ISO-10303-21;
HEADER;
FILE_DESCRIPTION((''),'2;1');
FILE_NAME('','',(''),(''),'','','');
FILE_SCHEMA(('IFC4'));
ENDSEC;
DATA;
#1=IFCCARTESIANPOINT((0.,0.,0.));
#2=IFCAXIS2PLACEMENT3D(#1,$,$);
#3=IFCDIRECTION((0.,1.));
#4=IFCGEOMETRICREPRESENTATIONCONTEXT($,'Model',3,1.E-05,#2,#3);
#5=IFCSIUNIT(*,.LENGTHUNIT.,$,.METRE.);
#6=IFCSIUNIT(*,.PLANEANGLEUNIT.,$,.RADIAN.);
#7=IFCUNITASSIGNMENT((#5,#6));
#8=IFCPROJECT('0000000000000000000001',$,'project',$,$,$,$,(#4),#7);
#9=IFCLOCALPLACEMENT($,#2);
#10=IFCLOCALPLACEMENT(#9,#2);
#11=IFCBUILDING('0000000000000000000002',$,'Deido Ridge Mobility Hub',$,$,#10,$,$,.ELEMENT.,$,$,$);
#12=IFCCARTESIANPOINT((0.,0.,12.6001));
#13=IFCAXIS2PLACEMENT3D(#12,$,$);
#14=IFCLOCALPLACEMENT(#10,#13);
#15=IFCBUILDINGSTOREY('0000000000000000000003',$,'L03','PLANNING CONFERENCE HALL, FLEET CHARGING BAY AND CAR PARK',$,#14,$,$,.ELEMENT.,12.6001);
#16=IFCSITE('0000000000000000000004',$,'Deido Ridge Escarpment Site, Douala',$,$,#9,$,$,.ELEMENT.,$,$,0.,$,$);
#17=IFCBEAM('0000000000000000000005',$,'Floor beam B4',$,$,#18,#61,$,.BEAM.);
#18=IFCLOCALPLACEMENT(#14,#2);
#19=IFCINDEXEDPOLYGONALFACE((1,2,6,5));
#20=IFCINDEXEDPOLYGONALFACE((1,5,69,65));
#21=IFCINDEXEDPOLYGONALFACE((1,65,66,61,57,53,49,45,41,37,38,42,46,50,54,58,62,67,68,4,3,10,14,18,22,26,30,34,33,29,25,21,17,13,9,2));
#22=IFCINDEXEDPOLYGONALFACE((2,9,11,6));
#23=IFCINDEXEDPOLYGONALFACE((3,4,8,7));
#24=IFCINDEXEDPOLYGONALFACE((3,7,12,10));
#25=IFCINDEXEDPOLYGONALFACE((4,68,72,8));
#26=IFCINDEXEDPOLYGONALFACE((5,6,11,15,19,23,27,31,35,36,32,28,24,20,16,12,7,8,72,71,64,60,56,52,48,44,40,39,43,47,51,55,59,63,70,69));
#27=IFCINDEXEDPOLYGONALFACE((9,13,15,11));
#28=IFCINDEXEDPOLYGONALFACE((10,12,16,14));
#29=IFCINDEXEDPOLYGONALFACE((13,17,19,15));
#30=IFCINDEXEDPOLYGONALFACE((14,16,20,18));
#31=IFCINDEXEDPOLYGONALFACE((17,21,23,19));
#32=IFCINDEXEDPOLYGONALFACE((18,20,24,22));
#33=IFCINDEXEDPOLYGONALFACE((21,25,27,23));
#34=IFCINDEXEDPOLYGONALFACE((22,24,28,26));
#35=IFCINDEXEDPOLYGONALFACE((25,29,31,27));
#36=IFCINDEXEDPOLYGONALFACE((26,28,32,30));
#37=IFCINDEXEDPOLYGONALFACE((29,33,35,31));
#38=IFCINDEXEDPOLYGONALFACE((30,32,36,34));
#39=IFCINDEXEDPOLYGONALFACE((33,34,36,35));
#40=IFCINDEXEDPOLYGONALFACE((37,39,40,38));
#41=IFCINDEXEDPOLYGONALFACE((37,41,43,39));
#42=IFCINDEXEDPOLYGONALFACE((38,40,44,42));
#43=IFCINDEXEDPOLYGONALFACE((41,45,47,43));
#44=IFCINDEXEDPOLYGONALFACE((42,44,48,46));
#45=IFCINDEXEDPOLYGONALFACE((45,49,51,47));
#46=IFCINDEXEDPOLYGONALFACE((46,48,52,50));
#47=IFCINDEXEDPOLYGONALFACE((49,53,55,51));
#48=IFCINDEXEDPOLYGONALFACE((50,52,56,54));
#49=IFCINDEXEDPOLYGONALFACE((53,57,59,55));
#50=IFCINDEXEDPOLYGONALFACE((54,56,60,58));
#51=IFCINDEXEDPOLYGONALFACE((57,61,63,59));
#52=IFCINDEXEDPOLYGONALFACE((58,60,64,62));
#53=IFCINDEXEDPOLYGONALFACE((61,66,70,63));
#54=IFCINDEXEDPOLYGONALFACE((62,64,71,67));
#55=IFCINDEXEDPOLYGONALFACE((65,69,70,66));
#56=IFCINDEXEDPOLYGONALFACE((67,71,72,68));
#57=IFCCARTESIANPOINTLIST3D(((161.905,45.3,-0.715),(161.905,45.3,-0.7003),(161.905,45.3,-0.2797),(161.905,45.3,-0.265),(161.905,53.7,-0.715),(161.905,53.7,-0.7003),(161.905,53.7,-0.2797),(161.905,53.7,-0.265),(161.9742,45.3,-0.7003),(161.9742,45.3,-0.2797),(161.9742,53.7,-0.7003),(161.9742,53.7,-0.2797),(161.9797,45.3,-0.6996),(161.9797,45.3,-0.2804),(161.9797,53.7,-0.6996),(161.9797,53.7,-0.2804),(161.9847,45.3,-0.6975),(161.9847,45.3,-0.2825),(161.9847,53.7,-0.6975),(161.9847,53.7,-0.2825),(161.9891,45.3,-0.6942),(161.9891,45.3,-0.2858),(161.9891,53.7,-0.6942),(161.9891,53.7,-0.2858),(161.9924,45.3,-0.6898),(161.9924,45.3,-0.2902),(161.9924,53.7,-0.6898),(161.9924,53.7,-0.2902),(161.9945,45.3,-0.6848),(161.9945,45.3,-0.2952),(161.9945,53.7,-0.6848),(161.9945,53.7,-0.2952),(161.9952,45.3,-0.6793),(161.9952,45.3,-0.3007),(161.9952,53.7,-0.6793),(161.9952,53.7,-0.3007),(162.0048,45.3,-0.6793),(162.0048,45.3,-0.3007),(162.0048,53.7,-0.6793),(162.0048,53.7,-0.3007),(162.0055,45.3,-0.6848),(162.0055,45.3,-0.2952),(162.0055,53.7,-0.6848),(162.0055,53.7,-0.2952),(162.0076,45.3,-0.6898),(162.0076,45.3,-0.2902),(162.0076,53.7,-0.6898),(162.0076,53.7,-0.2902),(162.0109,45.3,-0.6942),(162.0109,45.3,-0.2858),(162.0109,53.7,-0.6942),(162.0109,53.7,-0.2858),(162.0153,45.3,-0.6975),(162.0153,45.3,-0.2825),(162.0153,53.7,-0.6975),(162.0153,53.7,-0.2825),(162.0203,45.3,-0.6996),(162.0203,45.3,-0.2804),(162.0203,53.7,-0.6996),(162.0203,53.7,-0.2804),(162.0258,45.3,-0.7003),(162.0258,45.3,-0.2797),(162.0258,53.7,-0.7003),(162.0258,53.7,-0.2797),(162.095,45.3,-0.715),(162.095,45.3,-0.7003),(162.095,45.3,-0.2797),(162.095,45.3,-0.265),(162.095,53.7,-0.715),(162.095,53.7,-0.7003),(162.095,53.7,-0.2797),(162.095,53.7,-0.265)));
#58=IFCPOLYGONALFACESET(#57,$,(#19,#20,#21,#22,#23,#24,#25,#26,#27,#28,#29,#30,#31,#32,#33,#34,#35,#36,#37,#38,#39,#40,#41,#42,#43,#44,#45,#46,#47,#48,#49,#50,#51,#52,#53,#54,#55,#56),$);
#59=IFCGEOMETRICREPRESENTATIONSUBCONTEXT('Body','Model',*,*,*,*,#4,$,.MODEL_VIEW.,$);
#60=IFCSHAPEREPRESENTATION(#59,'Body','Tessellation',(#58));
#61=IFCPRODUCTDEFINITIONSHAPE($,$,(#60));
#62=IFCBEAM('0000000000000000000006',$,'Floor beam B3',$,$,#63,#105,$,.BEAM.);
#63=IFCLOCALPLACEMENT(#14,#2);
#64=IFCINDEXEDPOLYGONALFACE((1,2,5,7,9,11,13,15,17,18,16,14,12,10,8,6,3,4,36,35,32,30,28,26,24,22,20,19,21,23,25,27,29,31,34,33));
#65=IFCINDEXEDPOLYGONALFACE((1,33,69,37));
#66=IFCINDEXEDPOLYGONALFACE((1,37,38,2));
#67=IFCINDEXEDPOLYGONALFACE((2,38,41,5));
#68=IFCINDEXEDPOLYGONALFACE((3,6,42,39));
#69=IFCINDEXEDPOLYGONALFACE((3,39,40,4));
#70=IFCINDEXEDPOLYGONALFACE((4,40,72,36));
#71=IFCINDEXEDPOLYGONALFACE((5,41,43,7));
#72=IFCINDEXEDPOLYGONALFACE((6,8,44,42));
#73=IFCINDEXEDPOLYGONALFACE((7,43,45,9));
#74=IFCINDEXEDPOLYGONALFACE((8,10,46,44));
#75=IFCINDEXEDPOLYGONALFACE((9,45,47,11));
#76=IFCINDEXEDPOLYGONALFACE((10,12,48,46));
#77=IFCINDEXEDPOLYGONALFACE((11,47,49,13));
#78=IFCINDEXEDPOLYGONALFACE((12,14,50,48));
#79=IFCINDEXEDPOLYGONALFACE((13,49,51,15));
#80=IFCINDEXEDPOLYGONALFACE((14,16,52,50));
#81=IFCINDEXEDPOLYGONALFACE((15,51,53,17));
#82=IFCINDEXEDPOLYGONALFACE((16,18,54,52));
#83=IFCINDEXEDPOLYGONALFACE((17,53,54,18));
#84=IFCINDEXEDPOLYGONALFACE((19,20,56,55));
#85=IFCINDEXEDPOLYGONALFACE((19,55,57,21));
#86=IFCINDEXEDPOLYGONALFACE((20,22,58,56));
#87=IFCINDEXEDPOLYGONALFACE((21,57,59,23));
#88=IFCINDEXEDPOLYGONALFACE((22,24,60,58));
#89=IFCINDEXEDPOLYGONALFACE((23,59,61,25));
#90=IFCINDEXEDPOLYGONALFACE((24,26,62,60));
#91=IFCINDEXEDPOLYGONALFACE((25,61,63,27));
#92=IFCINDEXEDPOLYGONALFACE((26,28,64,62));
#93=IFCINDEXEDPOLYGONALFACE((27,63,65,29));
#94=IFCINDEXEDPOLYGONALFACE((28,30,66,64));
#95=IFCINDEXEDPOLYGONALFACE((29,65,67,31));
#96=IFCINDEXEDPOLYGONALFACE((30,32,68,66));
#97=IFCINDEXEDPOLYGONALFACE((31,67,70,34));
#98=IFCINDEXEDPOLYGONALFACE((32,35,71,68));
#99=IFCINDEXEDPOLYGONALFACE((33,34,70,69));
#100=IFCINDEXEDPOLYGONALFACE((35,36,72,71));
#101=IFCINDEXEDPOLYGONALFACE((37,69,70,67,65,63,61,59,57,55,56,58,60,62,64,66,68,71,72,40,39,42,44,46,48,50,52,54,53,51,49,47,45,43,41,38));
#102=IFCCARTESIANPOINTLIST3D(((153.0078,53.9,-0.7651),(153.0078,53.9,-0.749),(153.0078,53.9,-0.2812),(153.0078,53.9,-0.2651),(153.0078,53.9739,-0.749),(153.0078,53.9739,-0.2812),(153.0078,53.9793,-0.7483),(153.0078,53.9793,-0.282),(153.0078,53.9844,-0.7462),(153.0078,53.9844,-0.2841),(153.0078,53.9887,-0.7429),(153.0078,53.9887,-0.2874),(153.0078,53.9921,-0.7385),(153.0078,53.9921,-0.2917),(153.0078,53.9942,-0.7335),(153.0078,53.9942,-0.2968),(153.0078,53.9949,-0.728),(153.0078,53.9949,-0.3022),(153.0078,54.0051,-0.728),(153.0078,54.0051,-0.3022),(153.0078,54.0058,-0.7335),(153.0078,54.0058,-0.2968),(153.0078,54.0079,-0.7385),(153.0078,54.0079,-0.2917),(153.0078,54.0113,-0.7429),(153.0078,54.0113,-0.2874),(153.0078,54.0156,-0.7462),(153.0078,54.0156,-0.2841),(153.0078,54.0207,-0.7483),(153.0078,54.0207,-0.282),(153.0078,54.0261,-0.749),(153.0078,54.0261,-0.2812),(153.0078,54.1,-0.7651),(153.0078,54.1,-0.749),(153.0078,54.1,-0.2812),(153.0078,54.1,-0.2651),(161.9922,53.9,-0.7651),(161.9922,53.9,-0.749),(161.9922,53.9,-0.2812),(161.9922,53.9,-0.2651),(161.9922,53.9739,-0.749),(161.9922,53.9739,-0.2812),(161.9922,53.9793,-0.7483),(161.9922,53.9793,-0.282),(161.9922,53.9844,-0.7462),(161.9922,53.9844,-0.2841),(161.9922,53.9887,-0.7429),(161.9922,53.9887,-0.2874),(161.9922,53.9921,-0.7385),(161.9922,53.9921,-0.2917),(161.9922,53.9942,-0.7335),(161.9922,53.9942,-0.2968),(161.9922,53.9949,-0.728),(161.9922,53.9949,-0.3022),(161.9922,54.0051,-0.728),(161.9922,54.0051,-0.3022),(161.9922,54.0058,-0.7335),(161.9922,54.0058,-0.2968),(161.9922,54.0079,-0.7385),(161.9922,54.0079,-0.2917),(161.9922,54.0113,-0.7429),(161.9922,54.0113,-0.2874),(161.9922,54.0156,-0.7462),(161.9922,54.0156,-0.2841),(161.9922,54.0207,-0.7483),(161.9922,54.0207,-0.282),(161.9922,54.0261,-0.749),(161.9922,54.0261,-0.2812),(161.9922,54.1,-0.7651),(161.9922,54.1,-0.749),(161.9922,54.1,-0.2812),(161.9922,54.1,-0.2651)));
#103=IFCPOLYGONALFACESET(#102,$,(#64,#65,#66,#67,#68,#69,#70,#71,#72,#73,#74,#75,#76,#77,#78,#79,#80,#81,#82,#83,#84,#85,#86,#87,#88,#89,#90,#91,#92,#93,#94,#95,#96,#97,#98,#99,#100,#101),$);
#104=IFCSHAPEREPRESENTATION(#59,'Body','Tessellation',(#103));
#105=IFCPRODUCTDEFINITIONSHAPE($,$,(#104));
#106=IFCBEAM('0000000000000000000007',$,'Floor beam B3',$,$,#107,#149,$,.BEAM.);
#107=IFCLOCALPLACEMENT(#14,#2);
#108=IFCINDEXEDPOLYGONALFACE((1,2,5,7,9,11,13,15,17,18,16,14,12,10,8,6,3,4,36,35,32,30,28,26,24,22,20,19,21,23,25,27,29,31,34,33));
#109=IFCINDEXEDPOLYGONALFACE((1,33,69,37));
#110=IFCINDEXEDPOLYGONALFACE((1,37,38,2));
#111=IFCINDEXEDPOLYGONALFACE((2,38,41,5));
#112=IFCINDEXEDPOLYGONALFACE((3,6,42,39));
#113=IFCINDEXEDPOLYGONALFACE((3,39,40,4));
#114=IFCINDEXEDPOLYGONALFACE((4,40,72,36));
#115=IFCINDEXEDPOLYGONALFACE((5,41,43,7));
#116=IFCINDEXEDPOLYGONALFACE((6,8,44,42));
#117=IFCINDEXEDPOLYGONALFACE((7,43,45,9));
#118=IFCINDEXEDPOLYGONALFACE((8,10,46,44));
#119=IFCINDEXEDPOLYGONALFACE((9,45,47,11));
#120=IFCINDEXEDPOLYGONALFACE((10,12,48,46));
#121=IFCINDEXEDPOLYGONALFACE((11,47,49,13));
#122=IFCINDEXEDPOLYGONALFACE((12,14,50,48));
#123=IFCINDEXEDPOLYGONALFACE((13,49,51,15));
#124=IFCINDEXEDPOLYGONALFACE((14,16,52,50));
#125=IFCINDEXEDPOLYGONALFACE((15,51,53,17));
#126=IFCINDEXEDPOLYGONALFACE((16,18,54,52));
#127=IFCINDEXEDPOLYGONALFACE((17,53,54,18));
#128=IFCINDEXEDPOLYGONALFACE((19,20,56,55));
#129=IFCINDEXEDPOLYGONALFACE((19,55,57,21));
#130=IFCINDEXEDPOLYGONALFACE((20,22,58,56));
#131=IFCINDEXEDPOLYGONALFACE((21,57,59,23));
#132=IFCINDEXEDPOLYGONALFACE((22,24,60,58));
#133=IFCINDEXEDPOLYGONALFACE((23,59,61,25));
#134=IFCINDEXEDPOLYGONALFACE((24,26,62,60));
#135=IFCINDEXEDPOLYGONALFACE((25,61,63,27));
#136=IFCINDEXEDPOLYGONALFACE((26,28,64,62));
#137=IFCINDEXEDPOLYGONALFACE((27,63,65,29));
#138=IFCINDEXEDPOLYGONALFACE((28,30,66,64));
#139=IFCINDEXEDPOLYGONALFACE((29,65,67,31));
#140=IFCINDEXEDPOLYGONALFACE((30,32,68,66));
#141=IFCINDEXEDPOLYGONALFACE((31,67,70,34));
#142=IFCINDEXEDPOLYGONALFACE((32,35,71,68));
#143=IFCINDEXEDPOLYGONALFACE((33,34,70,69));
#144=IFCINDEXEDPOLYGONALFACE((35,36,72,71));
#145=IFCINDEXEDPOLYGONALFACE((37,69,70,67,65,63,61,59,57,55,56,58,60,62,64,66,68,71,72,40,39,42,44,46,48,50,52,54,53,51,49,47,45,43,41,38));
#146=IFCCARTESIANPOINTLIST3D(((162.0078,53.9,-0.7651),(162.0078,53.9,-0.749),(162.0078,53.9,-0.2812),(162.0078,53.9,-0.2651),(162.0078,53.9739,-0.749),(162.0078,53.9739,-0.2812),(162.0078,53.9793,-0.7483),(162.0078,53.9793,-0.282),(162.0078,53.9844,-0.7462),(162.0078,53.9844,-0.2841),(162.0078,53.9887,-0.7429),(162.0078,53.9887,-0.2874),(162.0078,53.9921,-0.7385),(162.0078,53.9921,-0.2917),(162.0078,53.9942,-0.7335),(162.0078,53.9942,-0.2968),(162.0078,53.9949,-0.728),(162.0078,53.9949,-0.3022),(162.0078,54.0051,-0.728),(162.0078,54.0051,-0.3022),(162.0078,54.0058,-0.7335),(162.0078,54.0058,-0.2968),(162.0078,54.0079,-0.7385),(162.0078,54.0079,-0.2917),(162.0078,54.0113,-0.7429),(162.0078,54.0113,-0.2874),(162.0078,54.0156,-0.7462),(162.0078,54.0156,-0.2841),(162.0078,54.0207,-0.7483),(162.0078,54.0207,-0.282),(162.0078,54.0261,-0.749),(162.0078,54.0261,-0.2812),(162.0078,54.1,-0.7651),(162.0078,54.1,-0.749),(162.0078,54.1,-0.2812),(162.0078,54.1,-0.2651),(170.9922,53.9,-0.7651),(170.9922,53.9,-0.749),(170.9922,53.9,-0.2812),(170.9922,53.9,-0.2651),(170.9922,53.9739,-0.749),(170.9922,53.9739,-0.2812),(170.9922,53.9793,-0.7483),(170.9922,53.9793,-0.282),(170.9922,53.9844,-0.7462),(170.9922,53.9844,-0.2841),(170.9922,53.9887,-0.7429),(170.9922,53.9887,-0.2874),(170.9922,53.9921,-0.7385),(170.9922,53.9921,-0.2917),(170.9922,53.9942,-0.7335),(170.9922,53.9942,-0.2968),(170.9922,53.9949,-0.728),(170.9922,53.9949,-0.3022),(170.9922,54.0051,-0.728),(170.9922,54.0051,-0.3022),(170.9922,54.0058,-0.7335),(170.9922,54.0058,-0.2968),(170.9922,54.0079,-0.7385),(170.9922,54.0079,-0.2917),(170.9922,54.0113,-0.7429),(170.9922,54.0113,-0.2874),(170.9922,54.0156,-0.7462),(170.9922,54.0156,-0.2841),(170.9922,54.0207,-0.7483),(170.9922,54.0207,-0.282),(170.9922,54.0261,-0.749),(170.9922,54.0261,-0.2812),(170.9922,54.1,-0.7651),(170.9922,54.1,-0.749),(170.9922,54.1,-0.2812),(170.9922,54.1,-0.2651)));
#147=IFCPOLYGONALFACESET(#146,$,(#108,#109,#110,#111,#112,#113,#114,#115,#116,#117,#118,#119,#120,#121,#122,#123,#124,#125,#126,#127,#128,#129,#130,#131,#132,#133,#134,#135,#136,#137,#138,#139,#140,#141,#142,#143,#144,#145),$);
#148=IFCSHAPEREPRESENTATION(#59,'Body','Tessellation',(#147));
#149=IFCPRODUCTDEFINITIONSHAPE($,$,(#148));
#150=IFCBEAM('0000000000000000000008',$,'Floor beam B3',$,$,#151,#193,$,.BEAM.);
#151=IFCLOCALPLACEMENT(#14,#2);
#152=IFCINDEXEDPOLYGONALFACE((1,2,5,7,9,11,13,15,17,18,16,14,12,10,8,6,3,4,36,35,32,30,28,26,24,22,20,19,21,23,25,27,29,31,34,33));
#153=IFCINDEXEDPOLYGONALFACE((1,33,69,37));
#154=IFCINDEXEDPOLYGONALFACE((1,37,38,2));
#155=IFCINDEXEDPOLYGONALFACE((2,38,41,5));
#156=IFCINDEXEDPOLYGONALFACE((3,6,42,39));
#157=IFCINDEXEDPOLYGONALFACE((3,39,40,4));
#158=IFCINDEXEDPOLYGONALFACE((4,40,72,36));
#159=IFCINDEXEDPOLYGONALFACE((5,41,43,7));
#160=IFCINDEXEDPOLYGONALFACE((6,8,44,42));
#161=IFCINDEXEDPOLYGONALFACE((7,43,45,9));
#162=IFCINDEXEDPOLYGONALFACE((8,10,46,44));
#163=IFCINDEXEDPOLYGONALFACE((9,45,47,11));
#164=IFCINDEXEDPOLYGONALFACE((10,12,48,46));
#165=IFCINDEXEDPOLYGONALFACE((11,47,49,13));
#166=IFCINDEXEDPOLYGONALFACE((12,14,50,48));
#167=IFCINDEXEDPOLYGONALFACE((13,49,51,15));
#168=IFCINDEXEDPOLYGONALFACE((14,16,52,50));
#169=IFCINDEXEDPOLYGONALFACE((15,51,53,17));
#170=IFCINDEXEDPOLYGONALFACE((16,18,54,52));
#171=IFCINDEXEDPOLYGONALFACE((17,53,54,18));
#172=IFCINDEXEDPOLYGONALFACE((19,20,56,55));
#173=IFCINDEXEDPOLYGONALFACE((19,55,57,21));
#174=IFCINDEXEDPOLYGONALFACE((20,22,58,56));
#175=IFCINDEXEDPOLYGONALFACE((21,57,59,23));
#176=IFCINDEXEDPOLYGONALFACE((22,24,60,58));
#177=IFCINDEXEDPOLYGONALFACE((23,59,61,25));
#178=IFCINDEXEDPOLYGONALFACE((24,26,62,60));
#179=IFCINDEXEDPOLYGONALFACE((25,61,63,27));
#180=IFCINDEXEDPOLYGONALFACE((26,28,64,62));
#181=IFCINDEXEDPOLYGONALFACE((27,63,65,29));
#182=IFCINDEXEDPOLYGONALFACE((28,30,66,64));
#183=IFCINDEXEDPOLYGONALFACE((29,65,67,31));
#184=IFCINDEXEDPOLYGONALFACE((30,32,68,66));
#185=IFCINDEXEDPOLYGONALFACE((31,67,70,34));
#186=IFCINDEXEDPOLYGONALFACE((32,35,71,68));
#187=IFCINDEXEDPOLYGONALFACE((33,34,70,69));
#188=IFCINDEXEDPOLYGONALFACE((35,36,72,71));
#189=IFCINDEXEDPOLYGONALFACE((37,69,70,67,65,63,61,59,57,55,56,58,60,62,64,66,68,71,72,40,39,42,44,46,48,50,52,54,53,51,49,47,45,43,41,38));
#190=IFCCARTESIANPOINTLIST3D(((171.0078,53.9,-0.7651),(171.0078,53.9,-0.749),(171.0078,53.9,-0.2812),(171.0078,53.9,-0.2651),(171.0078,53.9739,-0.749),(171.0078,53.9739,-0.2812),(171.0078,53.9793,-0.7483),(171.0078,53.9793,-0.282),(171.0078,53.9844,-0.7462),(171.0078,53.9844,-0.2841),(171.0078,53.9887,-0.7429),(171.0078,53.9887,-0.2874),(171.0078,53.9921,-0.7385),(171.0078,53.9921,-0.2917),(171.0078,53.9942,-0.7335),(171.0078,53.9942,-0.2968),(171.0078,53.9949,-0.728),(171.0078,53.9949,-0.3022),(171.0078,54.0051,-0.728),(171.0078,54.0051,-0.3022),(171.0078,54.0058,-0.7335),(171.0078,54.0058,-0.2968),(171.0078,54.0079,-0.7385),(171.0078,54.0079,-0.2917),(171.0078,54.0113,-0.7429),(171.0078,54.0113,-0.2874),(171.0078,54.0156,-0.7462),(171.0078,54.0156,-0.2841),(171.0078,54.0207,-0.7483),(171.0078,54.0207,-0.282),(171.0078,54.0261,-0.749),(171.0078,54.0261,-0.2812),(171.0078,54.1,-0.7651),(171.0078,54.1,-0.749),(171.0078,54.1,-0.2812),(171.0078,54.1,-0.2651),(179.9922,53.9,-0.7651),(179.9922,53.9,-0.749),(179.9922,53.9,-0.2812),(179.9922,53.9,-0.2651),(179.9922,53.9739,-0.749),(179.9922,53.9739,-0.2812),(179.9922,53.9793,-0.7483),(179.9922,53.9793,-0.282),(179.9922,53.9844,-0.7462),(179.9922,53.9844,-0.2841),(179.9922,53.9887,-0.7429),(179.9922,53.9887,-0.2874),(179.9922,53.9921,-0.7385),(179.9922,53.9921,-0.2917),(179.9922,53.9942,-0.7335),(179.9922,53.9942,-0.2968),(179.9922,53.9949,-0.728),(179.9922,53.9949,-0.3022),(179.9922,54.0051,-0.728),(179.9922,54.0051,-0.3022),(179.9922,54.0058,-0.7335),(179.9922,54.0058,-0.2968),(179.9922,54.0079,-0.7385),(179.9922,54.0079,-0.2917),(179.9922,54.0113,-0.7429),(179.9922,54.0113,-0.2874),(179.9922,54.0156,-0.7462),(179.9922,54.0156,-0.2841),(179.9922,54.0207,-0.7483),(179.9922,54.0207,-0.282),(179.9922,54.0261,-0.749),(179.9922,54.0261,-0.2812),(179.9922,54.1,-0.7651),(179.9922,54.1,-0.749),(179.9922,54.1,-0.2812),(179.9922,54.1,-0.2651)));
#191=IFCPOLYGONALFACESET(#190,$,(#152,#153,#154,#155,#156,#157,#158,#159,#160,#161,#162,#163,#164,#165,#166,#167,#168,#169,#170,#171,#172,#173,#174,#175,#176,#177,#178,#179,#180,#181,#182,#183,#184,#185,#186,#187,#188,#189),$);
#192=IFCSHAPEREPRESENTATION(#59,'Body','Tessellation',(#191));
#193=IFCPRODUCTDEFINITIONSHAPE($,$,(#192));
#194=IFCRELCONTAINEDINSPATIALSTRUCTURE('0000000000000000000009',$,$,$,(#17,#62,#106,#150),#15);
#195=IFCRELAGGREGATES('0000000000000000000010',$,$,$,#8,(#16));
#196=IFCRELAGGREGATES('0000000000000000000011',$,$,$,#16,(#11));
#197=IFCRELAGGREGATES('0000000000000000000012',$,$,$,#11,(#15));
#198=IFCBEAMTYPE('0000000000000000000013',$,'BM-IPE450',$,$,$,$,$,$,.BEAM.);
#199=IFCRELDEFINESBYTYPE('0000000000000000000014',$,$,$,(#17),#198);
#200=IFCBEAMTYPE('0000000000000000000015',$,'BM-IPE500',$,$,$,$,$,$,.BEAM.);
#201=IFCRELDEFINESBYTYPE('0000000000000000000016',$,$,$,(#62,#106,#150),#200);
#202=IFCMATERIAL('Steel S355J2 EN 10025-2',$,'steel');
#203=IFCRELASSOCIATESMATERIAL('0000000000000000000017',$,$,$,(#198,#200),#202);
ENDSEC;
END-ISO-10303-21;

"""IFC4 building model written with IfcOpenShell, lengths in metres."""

from ifc_helpers import new_model, si_unit, direction, frame, origin, origin_2d, place, context, subcontext, project, spatial, i_section, extrude, material, material_profile, profile_set, type_object, element, save


model = new_model("IFC4")

# Units and contexts
model_context = context("Model", 3, precision=1e-05, world=origin(), true_north=direction((0.0, 1.0)))
body_context = subcontext(model_context, "Body", "Model", "MODEL_VIEW")
ifc_project = project(units=[si_unit("LENGTHUNIT", "METRE"), si_unit("PLANEANGLEUNIT", "RADIAN")], contexts=[model_context])

# Site, building, storey
site_placement = place(None, origin())
site = spatial("IfcSite", under=ifc_project, at=site_placement, Name="Deido Ridge Escarpment Site, Douala", CompositionType="ELEMENT", RefElevation=0.0)
building_placement = place(site_placement, origin())
building = spatial("IfcBuilding", under=site, at=building_placement, Name="Deido Ridge Mobility Hub", CompositionType="ELEMENT")
storey_placement = place(building_placement, frame((0.0, 0.0, 12.6001)))
storey = spatial("IfcBuildingStorey", under=building, at=storey_placement, Name="L03", Description="PLANNING CONFERENCE HALL, FLEET CHARGING BAY AND CAR PARK", CompositionType="ELEMENT", Elevation=12.6001)

# Shared definitions
ifc_material_1 = material(Name="Steel S355J2 EN 10025-2", Category="steel")

# Beams
ifc_material_profile_1 = material_profile(ifc_material_1, i_section(OverallWidth=0.1899, OverallDepth=0.45, WebThickness=0.0095, FlangeThickness=0.0146, FilletRadius=0.021, at=origin_2d()), Name="IPE 450")
ifc_profile_set_1 = profile_set([ifc_material_profile_1], Name="Steel S355J2 EN 10025-2")
beam_type_1 = type_object("IfcBeamType", Name="BM-IPE450", PredefinedType="BEAM", material=ifc_profile_set_1)
beam_1_placement = place(storey_placement, frame((162.0, 45.3, -0.49), z_axis=(0.0, 1.0, 0.0), x_axis=(-1.0, 0.0, 0.0)))
element("IfcBeam", 1, at=beam_1_placement, inside=storey, type_object=beam_type_1, Name="Floor beam B4", PredefinedType="BEAM", context=body_context, shape_type="SweptSolid", body=[
    extrude(i_section(OverallWidth=0.1899, OverallDepth=0.45, WebThickness=0.0095, FlangeThickness=0.0146, FilletRadius=0.021, at=origin_2d()), origin(), (0.0, 0.0, 1.0), 8.3999),
])
ifc_material_profile_2 = material_profile(ifc_material_1, i_section(OverallWidth=0.2, OverallDepth=0.5, WebThickness=0.0103, FlangeThickness=0.0161, FilletRadius=0.021, at=origin_2d()), Name="IPE 500")
ifc_profile_set_2 = profile_set([ifc_material_profile_2], Name="Steel S355J2 EN 10025-2")
beam_type_2 = type_object("IfcBeamType", Name="BM-IPE500", PredefinedType="BEAM", material=ifc_profile_set_2)
for number, where, z_axis, x_axis, name in (
    (2, (153.0078, 54.0, -0.5151), (1.0, 0.0, 0.0), (0.0, 1.0, 0.0), "Floor beam B3"),
    (3, (162.0078, 54.0, -0.5151), (1.0, 0.0, 0.0), (0.0, 1.0, 0.0), "Floor beam B3"),
    (4, (171.0078, 54.0, -0.5151), (1.0, 0.0, 0.0), (0.0, 1.0, 0.0), "Floor beam B3"),
):
    element("IfcBeam", number, at=place(storey_placement, frame(where, z_axis=z_axis, x_axis=x_axis)), inside=storey, type_object=beam_type_2, Name=name, PredefinedType="BEAM", context=body_context, shape_type="SweptSolid", body=[
        extrude(i_section(OverallWidth=0.2, OverallDepth=0.5, WebThickness=0.0103, FlangeThickness=0.0161, FilletRadius=0.021, at=origin_2d()), origin(), (0.0, 0.0, 1.0), 8.9844),
    ])

save(model, "model.ifc")
